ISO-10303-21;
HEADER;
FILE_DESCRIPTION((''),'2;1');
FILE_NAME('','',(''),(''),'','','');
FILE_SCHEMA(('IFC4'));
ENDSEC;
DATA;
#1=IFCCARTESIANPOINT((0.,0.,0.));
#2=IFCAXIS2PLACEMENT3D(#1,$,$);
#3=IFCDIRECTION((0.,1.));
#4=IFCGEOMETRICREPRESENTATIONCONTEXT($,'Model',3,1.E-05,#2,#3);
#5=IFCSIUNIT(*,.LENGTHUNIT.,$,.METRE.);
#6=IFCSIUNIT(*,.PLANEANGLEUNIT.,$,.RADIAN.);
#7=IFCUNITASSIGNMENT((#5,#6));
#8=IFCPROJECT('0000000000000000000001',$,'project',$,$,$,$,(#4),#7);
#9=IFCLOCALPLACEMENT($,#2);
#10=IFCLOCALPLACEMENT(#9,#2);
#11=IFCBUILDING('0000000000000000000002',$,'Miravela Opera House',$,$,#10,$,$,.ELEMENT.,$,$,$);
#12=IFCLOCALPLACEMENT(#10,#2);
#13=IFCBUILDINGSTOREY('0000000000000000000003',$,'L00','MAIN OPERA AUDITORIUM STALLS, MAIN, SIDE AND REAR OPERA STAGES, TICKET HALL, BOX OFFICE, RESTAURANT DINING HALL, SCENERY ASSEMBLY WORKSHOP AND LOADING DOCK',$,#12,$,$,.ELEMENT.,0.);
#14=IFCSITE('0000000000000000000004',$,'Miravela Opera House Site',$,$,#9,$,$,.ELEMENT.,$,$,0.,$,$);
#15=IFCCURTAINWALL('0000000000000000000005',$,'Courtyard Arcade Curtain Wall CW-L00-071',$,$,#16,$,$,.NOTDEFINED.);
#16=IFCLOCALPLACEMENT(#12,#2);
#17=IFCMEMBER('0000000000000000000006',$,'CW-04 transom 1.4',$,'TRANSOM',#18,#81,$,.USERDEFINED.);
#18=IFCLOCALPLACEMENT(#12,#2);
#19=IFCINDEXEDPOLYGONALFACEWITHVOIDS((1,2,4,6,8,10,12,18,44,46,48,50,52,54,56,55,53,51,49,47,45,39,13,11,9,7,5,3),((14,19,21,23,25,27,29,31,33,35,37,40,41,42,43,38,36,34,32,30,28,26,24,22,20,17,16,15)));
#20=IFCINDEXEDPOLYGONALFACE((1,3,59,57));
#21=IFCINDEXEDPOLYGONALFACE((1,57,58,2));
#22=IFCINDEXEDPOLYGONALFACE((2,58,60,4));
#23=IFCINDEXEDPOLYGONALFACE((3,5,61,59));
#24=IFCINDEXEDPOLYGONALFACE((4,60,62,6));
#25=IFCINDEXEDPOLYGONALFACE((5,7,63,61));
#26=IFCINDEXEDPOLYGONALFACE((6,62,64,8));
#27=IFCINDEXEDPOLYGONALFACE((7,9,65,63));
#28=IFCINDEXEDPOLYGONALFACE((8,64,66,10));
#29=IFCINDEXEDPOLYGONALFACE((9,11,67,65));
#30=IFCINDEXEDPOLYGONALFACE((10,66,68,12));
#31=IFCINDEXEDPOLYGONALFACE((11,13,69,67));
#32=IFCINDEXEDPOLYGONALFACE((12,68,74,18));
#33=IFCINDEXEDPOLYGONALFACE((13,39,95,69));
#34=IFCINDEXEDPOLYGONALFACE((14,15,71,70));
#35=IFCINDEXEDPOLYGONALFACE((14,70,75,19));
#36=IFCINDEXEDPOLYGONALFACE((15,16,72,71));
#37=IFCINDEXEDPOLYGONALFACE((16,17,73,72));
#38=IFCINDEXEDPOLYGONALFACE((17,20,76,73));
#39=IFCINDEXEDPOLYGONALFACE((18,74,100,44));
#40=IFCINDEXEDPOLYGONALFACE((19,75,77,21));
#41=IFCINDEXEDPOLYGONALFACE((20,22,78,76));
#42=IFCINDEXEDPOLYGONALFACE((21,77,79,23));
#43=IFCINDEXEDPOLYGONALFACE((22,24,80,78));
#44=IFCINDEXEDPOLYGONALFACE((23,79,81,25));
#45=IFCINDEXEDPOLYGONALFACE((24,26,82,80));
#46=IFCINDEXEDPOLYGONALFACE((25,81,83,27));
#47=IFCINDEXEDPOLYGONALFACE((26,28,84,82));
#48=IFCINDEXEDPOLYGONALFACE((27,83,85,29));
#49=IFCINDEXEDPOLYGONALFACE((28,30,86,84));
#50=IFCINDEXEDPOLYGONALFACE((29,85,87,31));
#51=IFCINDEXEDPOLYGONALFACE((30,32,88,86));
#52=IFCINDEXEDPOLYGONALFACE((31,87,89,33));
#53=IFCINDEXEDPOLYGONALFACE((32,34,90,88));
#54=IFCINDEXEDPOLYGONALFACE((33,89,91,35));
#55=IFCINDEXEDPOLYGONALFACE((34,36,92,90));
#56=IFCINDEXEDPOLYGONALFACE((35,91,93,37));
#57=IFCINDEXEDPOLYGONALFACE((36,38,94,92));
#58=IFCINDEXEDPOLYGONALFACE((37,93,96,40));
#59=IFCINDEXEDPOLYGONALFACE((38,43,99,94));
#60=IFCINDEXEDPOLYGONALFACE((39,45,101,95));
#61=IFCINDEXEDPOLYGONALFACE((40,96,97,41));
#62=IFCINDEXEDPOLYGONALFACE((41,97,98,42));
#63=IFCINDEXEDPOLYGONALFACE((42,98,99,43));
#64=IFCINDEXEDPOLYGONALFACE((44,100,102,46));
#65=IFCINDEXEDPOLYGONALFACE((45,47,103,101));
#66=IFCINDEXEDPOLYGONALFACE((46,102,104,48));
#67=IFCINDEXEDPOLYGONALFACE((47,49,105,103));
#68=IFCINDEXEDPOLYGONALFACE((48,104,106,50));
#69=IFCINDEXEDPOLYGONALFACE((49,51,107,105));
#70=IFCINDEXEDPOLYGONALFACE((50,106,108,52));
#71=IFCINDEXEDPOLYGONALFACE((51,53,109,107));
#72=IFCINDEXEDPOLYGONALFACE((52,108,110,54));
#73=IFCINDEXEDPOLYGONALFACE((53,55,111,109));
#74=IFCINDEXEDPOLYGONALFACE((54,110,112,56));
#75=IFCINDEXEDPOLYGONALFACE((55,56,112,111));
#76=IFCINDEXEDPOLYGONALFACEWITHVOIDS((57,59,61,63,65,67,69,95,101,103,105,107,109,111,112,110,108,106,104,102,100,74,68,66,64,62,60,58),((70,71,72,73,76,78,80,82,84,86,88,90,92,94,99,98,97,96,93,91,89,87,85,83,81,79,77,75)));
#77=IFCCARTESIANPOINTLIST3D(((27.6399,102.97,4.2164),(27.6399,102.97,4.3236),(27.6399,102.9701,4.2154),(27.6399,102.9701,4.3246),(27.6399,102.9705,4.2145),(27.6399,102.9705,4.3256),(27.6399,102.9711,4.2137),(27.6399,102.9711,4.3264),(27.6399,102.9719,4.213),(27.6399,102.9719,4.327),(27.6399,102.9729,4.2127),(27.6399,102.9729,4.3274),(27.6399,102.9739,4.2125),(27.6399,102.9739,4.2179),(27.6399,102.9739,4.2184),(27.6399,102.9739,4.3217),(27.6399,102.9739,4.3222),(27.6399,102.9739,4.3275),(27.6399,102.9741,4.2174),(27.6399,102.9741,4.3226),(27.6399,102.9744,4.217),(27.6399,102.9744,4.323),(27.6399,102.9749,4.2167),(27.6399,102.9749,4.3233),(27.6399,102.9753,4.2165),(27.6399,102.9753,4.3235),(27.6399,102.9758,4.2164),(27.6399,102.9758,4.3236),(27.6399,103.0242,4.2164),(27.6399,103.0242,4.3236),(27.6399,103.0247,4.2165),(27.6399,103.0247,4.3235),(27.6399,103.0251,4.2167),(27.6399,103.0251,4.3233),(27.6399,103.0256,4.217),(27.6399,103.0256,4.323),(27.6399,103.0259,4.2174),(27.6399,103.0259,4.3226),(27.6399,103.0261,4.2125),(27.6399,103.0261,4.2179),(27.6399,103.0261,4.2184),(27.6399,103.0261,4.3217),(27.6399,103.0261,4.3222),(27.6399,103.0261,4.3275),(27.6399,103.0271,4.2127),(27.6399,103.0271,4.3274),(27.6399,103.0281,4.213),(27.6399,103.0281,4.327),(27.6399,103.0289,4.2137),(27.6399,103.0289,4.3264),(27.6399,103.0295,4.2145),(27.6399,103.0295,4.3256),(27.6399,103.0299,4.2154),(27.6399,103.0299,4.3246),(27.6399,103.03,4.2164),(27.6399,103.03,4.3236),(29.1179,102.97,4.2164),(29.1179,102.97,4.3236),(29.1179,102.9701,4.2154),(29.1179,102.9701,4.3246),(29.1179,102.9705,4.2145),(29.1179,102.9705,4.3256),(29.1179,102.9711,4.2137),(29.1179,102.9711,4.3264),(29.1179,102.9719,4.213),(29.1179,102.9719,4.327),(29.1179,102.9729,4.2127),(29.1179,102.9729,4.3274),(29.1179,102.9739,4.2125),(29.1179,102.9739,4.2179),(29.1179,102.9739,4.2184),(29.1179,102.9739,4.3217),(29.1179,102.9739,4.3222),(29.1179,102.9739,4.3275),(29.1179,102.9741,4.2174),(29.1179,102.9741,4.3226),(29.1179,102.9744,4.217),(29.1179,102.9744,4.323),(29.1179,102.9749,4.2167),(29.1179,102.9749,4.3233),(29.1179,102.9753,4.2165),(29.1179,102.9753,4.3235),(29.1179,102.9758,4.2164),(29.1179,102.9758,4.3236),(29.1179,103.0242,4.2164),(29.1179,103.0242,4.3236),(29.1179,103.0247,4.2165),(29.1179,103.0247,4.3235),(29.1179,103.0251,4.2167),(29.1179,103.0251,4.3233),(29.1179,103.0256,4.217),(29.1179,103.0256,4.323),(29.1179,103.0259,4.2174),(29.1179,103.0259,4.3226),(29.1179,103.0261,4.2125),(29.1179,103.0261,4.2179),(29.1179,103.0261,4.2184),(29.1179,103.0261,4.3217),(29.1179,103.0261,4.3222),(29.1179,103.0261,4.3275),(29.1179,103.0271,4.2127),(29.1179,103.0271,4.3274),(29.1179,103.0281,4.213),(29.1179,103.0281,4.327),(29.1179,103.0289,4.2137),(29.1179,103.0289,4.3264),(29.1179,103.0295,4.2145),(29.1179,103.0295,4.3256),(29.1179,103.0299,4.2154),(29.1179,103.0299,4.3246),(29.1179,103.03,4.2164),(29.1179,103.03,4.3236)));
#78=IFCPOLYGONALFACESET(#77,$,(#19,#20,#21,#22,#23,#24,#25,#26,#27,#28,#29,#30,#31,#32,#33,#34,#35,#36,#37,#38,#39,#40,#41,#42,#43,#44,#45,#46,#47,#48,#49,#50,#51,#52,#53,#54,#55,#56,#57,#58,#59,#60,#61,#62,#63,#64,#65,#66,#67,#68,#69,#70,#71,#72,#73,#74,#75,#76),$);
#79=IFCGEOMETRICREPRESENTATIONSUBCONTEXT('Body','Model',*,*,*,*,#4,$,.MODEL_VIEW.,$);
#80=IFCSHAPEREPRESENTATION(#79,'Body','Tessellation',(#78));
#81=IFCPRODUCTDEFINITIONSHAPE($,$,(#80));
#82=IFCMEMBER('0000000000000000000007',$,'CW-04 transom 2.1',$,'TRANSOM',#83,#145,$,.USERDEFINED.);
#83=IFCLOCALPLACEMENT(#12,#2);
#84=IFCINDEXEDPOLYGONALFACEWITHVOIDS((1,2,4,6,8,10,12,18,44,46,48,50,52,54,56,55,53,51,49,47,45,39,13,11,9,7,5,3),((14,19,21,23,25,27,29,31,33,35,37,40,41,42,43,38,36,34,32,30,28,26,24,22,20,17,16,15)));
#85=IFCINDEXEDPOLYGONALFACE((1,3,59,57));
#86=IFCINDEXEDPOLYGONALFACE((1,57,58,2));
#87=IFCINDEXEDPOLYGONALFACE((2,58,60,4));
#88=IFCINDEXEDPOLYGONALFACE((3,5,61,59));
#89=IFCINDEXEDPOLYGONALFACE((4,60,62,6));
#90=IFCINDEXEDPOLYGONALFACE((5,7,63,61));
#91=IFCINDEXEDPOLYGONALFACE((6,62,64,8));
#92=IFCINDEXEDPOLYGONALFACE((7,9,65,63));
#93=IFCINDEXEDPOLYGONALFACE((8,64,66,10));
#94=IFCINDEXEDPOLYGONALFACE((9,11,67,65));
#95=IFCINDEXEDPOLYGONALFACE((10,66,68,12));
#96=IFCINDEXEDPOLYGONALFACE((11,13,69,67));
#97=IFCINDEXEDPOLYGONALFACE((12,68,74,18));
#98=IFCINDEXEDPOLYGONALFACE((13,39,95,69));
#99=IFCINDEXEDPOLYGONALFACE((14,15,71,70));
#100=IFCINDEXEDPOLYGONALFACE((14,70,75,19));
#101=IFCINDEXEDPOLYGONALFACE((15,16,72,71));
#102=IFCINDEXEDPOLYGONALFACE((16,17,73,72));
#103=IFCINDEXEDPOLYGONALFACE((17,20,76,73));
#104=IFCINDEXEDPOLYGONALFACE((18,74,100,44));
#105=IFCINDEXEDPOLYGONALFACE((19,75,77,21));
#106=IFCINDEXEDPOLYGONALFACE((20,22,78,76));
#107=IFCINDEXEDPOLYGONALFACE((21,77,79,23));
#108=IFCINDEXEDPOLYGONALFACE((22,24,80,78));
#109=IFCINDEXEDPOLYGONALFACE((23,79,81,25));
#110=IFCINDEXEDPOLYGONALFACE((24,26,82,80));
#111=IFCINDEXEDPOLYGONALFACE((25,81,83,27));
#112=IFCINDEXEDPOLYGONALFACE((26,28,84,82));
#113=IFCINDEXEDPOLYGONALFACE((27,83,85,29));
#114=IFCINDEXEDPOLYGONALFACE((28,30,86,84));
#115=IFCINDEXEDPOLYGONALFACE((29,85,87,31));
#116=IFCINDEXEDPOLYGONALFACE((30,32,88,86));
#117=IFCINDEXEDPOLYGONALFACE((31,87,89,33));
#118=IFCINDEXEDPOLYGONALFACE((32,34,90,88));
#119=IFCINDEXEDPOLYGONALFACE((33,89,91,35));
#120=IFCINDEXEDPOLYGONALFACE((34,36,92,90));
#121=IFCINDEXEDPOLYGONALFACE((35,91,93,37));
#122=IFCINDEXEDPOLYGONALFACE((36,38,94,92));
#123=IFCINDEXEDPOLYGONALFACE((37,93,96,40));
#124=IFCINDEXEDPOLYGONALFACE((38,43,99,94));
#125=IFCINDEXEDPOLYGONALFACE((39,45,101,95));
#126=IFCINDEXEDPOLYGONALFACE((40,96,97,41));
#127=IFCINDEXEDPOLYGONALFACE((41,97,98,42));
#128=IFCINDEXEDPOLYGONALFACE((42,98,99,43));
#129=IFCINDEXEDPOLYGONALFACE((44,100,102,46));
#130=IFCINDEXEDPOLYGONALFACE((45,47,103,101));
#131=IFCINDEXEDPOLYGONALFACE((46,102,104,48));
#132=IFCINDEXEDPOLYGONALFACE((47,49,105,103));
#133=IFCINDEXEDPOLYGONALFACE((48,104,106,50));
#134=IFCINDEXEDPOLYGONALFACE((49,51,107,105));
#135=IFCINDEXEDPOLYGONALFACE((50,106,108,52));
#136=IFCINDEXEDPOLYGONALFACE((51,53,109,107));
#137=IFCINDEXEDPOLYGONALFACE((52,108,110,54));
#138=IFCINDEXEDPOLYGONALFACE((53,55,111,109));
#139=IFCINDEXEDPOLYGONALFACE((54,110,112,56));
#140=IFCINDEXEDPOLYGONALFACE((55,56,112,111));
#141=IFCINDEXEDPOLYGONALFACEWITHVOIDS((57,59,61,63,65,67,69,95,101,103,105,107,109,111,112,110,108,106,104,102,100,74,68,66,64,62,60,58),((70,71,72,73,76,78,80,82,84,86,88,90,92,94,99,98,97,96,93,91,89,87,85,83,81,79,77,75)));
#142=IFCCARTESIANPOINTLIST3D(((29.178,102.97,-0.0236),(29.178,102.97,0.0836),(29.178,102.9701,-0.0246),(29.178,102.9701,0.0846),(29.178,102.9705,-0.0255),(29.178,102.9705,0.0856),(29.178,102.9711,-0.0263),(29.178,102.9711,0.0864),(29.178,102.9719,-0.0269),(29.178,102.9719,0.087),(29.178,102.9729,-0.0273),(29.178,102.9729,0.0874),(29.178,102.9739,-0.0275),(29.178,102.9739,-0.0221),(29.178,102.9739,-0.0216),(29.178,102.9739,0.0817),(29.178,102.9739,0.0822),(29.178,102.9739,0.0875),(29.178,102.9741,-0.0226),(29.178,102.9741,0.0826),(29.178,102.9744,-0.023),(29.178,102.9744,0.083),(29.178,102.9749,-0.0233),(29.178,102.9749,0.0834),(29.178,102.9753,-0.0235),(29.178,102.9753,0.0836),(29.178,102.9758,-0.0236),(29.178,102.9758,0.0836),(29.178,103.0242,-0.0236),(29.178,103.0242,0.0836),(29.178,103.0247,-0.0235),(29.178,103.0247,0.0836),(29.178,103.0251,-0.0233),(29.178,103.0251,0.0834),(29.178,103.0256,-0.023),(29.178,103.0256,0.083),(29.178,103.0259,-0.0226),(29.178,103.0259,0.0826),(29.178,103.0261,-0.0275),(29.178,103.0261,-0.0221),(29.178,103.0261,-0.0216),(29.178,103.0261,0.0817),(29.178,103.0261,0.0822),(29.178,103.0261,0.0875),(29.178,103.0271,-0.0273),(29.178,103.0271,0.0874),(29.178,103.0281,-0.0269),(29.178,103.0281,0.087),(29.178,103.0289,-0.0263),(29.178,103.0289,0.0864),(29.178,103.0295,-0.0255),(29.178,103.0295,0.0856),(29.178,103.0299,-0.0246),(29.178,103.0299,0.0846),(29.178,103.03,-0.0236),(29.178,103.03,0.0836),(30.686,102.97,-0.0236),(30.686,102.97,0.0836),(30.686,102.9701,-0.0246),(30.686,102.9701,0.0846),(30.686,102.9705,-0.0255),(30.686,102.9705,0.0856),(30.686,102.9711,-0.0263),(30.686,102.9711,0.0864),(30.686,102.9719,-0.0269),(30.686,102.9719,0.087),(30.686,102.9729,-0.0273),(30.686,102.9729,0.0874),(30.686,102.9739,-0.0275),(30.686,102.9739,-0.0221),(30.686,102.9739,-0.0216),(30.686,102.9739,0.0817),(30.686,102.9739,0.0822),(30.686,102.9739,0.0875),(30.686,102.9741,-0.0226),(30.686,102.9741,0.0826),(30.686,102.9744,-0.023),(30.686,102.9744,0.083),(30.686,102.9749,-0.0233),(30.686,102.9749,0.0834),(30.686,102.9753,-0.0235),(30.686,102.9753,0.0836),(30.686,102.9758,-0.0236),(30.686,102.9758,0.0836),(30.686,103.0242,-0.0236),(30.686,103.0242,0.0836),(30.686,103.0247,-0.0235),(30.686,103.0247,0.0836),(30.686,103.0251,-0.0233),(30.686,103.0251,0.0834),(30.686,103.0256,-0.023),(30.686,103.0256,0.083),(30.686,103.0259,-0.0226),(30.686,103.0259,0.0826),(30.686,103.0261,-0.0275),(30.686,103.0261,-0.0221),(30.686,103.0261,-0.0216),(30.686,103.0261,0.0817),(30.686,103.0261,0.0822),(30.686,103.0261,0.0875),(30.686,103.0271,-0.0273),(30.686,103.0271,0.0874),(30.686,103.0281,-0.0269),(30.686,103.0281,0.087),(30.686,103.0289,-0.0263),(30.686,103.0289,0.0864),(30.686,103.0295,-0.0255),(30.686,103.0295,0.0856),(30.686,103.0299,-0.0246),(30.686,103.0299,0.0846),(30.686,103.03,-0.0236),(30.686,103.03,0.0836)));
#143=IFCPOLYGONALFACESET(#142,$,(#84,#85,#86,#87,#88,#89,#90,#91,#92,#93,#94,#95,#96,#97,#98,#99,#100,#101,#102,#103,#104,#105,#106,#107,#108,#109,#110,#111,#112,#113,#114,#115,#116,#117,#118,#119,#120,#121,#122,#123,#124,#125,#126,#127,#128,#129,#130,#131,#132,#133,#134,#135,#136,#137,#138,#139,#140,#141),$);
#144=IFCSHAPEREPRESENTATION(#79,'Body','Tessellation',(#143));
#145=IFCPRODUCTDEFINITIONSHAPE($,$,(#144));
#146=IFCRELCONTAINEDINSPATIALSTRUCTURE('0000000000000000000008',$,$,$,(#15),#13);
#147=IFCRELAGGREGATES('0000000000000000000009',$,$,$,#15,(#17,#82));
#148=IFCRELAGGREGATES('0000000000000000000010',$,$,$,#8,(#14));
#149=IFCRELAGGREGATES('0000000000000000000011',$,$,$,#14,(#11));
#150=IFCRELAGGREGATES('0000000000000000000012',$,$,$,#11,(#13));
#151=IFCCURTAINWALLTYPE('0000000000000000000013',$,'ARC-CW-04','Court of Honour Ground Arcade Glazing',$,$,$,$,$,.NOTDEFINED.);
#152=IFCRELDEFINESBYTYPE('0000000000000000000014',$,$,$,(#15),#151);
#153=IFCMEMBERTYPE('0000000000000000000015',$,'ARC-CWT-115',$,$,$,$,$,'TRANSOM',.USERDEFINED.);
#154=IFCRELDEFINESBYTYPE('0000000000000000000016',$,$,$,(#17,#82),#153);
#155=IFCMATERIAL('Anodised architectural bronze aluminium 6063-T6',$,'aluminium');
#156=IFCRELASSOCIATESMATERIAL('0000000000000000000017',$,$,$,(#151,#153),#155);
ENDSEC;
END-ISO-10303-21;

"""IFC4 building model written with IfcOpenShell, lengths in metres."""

from ifc_helpers import new_model, si_unit, direction, frame, origin, origin_2d, place, context, subcontext, project, spatial, hollow_rectangle, extrude, material, material_profile, profile_set, type_object, element, aggregate, save


model = new_model("IFC4")

# Units and contexts
model_context = context("Model", 3, precision=1e-05, world=origin(), true_north=direction((0.0, 1.0)))
body_context = subcontext(model_context, "Body", "Model", "MODEL_VIEW")
ifc_project = project(units=[si_unit("LENGTHUNIT", "METRE"), si_unit("PLANEANGLEUNIT", "RADIAN")], contexts=[model_context])

# Site, building, storey
site_placement = place(None, origin())
site = spatial("IfcSite", under=ifc_project, at=site_placement, Name="Miravela Opera House Site", CompositionType="ELEMENT", RefElevation=0.0)
building_placement = place(site_placement, origin())
building = spatial("IfcBuilding", under=site, at=building_placement, Name="Miravela Opera House", CompositionType="ELEMENT")
storey_placement = place(building_placement, origin())
storey = spatial("IfcBuildingStorey", under=building, at=storey_placement, Name="L00", Description="MAIN OPERA AUDITORIUM STALLS, MAIN, SIDE AND REAR OPERA STAGES, TICKET HALL, BOX OFFICE, RESTAURANT DINING HALL, SCENERY ASSEMBLY WORKSHOP AND LOADING DOCK", CompositionType="ELEMENT", Elevation=0.0)

# Curtain wall
ifc_material_1 = material(Name="Anodised architectural bronze aluminium 6063-T6", Category="aluminium")
curtain_wall_type = type_object("IfcCurtainWallType", Name="ARC-CW-04", Description="Court of Honour Ground Arcade Glazing", PredefinedType="NOTDEFINED", material=ifc_material_1)
curtain_wall_1_placement = place(storey_placement, origin())
curtain_wall_1 = element("IfcCurtainWall", 1, at=curtain_wall_1_placement, inside=storey, type_object=curtain_wall_type, Name="Courtyard Arcade Curtain Wall CW-L00-071", PredefinedType="NOTDEFINED")

# Members
ifc_material_profile_1 = material_profile(ifc_material_1, hollow_rectangle(XDim=0.0601, YDim=0.115, WallThickness=0.0039, InnerFilletRadius=0.002, OuterFilletRadius=0.0039, at=origin_2d()), Name="CWT-60X115")
ifc_profile_set_1 = profile_set([ifc_material_profile_1])
member_type_1 = type_object("IfcMemberType", Name="ARC-CWT-115", ElementType="TRANSOM", PredefinedType="USERDEFINED", material=ifc_profile_set_1)
member_1_placement = place(storey_placement, frame((27.6399, 103.0, 4.27), z_axis=(1.0, 0.0, 0.0), x_axis=(0.0, 1.0, 0.0)))
member_1 = element("IfcMember", 2, at=member_1_placement, type_object=member_type_1, Name="CW-04 transom 1.4", ObjectType="TRANSOM", PredefinedType="USERDEFINED", context=body_context, shape_type="SweptSolid", body=[
    extrude(hollow_rectangle(XDim=0.0601, YDim=0.115, WallThickness=0.0039, InnerFilletRadius=0.002, OuterFilletRadius=0.0039, at=origin_2d()), origin(), (0.0, 0.0, 1.0), 1.478),
])
member_2_placement = place(storey_placement, frame((29.178, 103.0, 0.03), z_axis=(1.0, 0.0, 0.0), x_axis=(0.0, 1.0, 0.0)))
member_2 = element("IfcMember", 3, at=member_2_placement, type_object=member_type_1, Name="CW-04 transom 2.1", ObjectType="TRANSOM", PredefinedType="USERDEFINED", context=body_context, shape_type="SweptSolid", body=[
    extrude(hollow_rectangle(XDim=0.0601, YDim=0.115, WallThickness=0.0039, InnerFilletRadius=0.002, OuterFilletRadius=0.0039, at=origin_2d()), origin(), (0.0, 0.0, 1.0), 1.5081),
])

aggregate(curtain_wall_1, [member_1, member_2])

save(model, "model.ifc")
